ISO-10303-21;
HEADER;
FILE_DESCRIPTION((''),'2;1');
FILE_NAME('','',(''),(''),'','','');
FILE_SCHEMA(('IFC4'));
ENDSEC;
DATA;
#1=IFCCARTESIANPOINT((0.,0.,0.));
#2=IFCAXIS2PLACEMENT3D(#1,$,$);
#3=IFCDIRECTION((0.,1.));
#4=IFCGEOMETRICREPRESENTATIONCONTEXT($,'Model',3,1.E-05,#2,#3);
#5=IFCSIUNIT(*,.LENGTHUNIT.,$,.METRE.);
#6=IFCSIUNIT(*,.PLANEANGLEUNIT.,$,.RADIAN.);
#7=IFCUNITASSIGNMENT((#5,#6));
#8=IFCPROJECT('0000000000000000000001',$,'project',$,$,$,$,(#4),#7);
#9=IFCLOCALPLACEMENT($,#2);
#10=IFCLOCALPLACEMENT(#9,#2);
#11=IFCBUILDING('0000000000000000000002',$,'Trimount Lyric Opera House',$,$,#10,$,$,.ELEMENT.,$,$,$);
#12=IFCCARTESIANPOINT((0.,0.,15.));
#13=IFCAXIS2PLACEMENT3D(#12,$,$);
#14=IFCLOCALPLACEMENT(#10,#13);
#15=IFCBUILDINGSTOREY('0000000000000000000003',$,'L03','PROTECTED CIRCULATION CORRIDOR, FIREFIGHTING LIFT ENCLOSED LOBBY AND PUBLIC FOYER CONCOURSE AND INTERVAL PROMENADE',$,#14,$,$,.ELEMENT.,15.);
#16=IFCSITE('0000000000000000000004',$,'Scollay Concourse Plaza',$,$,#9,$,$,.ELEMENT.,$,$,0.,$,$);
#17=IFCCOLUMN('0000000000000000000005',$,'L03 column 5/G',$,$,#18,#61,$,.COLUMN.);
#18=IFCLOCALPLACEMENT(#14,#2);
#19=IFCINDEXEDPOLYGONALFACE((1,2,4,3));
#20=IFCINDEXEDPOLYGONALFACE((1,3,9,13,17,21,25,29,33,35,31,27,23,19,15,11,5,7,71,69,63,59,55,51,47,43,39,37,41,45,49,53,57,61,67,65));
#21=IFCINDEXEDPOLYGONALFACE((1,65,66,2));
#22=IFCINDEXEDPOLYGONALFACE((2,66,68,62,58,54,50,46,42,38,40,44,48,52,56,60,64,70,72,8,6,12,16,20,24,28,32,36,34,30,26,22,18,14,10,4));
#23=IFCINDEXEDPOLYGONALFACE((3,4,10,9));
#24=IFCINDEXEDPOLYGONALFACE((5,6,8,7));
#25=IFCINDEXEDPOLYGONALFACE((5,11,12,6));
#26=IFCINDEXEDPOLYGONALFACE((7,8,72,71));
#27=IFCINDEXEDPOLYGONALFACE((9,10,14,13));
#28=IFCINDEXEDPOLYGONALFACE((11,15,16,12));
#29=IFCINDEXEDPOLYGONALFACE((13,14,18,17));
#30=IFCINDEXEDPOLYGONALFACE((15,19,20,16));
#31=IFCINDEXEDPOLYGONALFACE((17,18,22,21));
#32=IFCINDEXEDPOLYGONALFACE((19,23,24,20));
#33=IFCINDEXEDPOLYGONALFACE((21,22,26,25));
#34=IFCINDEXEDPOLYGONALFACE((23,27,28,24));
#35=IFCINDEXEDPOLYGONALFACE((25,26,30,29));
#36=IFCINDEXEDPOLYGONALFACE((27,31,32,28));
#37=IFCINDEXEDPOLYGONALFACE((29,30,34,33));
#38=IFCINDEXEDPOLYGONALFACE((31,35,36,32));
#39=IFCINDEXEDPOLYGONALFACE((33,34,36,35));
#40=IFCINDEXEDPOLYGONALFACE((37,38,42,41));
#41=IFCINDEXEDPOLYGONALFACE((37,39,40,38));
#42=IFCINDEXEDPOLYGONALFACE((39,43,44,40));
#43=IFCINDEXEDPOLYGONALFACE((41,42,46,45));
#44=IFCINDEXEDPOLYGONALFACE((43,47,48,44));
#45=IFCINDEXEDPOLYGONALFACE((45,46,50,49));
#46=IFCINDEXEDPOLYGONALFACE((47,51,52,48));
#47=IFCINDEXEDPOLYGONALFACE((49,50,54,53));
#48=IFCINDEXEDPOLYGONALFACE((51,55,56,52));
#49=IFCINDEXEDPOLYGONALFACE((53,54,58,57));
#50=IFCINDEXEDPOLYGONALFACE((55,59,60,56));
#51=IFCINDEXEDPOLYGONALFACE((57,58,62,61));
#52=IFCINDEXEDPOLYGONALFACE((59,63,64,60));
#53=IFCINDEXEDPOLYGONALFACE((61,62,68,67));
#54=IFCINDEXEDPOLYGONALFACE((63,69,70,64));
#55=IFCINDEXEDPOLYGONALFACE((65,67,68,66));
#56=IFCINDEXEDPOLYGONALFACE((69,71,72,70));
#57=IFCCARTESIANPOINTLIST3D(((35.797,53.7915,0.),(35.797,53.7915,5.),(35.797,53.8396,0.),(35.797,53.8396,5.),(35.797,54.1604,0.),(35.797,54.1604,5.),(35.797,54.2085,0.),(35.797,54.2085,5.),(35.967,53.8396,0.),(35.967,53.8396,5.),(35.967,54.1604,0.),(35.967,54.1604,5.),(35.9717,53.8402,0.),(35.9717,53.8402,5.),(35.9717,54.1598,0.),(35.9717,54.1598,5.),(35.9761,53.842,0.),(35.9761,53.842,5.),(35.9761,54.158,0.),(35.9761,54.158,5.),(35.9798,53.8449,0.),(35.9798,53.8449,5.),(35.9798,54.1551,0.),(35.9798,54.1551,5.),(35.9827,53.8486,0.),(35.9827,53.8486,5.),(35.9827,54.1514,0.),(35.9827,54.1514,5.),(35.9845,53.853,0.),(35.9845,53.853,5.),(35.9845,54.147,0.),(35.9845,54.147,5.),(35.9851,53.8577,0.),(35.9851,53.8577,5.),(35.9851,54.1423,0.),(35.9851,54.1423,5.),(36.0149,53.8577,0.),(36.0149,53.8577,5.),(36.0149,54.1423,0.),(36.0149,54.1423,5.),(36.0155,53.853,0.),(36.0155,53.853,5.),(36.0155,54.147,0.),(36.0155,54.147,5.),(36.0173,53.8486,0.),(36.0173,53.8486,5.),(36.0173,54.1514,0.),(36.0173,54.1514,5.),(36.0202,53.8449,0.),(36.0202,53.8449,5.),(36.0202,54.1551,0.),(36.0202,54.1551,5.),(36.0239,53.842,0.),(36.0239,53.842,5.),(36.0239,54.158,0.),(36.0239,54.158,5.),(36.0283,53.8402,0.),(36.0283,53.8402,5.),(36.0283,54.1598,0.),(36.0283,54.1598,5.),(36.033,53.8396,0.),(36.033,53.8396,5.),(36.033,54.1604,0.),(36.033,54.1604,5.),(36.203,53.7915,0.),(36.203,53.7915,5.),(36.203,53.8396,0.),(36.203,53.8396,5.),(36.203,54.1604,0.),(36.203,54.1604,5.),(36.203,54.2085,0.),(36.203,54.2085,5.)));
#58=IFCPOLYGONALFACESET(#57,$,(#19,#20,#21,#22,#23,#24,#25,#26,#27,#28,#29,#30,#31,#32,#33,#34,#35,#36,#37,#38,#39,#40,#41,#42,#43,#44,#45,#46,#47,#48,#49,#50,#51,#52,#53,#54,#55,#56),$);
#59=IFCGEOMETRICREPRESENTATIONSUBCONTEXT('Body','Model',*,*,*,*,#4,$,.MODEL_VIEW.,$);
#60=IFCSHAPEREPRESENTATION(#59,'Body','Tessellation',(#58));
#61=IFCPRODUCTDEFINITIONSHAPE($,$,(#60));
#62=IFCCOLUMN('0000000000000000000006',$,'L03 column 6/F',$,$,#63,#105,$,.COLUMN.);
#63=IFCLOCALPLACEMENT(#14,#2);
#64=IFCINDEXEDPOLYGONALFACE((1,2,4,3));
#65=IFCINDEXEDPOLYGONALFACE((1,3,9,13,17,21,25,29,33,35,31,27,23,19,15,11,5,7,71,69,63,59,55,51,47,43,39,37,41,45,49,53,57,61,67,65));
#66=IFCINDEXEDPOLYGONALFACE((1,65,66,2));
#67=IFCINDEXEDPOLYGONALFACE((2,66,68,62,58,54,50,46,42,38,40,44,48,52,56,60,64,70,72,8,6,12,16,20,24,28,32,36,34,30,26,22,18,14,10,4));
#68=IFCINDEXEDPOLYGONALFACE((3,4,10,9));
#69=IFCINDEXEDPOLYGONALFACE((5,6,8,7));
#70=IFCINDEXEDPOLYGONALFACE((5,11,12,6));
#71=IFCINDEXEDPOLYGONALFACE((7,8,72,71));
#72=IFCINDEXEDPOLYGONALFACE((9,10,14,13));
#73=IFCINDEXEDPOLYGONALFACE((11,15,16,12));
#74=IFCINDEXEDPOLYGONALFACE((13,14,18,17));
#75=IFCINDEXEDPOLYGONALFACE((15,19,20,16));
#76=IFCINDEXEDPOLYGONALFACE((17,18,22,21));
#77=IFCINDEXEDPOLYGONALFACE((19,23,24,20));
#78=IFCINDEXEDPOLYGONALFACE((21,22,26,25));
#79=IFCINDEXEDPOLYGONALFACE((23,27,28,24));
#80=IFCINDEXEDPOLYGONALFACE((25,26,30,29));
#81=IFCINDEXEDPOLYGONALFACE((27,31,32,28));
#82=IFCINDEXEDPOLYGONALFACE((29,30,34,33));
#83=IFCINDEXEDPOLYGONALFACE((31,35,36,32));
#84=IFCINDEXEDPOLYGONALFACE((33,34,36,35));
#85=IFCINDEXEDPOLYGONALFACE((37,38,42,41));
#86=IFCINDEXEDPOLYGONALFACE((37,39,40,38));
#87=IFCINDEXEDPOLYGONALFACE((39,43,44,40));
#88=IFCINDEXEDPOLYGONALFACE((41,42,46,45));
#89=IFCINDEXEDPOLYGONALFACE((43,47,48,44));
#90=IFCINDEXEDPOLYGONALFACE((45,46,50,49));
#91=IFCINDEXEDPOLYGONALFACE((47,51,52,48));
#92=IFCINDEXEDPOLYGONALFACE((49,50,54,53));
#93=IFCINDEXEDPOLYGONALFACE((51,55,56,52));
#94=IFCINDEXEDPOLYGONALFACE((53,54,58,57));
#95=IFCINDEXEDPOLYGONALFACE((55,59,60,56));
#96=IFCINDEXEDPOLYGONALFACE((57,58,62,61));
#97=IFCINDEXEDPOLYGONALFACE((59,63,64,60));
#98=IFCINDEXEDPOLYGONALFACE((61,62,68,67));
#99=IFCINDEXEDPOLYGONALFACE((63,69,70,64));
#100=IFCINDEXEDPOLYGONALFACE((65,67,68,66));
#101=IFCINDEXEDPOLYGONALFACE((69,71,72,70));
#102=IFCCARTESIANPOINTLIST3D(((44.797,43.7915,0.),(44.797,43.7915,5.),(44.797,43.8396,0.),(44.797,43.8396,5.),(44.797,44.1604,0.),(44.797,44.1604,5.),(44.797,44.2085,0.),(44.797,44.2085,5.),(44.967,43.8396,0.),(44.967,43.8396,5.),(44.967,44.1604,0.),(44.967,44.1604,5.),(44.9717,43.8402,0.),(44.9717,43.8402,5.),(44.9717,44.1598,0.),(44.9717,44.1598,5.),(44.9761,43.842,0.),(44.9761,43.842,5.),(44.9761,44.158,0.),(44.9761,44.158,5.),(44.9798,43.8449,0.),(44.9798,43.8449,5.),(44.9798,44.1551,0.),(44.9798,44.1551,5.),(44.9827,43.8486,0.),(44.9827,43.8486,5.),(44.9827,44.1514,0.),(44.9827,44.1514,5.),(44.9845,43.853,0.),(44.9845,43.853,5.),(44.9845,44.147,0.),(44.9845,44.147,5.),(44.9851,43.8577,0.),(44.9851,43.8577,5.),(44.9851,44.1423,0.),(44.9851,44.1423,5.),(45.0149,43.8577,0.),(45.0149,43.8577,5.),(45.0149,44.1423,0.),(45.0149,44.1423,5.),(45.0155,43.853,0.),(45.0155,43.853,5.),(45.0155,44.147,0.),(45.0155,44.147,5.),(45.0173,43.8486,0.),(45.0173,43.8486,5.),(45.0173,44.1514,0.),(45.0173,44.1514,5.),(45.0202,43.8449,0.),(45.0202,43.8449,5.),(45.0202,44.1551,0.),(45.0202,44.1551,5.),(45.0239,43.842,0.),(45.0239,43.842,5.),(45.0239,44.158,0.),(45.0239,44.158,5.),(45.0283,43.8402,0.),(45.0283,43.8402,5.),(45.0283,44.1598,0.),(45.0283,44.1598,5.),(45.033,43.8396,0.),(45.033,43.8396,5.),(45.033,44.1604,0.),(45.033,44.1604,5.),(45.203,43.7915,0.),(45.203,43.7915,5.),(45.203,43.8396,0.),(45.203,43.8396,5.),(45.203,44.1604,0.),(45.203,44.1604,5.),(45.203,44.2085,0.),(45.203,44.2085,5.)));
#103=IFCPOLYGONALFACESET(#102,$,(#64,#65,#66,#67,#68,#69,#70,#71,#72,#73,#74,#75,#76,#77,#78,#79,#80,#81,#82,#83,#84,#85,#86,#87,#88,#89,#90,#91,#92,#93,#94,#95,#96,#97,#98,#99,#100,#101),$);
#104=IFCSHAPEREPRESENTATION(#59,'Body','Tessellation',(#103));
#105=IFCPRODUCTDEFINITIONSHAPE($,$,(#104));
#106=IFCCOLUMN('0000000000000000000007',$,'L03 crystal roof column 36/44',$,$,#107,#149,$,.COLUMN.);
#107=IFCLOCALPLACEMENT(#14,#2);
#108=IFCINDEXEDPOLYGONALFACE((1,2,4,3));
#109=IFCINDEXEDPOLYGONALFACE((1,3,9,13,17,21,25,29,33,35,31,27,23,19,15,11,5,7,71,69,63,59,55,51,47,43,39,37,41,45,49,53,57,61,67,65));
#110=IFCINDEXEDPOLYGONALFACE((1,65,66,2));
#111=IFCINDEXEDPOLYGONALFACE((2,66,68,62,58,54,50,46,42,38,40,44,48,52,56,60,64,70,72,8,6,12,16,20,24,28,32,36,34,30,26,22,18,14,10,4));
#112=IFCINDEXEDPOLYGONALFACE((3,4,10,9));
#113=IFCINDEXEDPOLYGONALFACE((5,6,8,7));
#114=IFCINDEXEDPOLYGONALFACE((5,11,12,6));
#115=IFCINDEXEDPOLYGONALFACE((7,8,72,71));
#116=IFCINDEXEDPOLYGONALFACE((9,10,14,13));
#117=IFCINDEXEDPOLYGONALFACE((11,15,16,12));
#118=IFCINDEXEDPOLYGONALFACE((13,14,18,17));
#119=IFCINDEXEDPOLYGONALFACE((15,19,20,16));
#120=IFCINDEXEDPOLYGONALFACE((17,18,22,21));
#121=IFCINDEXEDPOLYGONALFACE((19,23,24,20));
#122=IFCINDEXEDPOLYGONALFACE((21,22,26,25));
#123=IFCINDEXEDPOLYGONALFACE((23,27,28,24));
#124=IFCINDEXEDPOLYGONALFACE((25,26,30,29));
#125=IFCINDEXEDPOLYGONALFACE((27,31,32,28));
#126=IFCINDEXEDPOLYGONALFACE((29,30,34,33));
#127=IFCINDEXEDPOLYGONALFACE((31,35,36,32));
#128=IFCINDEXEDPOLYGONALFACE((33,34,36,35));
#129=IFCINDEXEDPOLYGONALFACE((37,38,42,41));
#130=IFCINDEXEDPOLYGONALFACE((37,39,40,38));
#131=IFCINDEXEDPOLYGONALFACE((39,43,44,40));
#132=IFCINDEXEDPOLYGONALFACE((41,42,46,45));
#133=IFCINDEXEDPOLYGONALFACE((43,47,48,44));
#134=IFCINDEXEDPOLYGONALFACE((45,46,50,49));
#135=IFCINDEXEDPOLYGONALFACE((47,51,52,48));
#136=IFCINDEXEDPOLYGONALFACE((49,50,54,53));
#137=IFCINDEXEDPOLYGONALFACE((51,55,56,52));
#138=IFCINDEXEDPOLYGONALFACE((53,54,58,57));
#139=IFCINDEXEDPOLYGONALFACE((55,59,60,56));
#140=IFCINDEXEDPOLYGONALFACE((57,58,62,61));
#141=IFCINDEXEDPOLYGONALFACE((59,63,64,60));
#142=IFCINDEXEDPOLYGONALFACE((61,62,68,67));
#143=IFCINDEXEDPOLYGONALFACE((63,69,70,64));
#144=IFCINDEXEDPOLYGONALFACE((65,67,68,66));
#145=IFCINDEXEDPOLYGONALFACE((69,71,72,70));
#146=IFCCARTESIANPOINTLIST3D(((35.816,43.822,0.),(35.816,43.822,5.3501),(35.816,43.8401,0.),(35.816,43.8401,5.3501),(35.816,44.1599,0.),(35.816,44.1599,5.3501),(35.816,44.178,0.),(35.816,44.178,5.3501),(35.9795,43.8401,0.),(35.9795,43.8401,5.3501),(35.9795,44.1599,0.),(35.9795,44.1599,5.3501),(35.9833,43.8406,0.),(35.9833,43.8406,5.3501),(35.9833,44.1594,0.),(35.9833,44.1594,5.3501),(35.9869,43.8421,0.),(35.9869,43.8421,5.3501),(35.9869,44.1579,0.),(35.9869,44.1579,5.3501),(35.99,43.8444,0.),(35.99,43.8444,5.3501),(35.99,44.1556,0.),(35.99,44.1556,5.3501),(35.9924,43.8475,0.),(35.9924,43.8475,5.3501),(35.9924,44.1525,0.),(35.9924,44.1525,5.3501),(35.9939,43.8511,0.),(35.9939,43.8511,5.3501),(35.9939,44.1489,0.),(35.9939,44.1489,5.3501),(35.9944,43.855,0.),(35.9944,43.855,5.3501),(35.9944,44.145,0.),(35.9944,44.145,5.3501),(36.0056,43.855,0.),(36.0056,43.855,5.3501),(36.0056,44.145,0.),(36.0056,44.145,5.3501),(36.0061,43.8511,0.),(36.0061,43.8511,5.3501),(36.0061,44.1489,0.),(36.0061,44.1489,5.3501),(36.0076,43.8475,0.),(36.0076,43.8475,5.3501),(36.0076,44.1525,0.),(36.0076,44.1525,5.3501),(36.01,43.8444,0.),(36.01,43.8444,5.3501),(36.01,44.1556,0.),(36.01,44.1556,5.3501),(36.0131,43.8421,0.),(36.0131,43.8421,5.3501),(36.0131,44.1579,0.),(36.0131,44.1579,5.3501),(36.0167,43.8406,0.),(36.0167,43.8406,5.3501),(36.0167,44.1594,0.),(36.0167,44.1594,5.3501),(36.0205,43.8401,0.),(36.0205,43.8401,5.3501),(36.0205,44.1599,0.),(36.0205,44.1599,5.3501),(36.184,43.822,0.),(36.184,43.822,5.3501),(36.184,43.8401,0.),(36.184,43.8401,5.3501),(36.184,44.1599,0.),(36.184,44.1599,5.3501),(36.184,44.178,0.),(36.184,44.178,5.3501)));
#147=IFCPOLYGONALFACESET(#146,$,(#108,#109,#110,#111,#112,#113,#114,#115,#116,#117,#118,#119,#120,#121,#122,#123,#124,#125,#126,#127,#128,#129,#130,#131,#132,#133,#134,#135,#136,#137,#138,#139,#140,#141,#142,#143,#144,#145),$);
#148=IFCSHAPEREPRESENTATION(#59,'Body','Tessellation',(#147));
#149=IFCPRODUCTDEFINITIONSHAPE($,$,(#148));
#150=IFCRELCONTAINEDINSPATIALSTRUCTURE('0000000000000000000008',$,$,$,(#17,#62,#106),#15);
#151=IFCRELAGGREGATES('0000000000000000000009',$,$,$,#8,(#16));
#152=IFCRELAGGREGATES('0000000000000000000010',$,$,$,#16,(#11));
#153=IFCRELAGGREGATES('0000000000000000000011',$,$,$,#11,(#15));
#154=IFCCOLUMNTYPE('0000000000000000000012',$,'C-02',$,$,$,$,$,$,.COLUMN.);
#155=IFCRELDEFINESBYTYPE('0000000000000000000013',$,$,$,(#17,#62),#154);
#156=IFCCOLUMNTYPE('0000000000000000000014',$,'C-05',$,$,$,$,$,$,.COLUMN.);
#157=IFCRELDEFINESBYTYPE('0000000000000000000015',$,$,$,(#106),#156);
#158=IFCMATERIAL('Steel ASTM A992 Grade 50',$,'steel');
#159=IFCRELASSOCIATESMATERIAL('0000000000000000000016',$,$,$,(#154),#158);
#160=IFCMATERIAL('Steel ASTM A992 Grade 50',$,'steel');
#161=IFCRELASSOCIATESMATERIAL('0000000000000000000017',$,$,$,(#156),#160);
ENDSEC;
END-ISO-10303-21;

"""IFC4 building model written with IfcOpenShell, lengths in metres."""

from ifc_helpers import new_model, si_unit, direction, frame, origin, origin_2d, place, context, subcontext, project, spatial, i_section, extrude, material, material_profile, profile_set, type_object, element, save


model = new_model("IFC4")

# Units and contexts
model_context = context("Model", 3, precision=1e-05, world=origin(), true_north=direction((0.0, 1.0)))
body_context = subcontext(model_context, "Body", "Model", "MODEL_VIEW")
ifc_project = project(units=[si_unit("LENGTHUNIT", "METRE"), si_unit("PLANEANGLEUNIT", "RADIAN")], contexts=[model_context])

# Site, building, storey
site_placement = place(None, origin())
site = spatial("IfcSite", under=ifc_project, at=site_placement, Name="Scollay Concourse Plaza", CompositionType="ELEMENT", RefElevation=0.0)
building_placement = place(site_placement, origin())
building = spatial("IfcBuilding", under=site, at=building_placement, Name="Trimount Lyric Opera House", CompositionType="ELEMENT")
storey_placement = place(building_placement, frame((0.0, 0.0, 15.0)))
storey = spatial("IfcBuildingStorey", under=building, at=storey_placement, Name="L03", Description="PROTECTED CIRCULATION CORRIDOR, FIREFIGHTING LIFT ENCLOSED LOBBY AND PUBLIC FOYER CONCOURSE AND INTERVAL PROMENADE", CompositionType="ELEMENT", Elevation=15.0)

# Columns
ifc_material_1 = material(Name="Steel ASTM A992 Grade 50", Category="steel")
ifc_material_profile_1 = material_profile(ifc_material_1, i_section(OverallWidth=0.406, OverallDepth=0.417, WebThickness=0.0298, FlangeThickness=0.0481, FilletRadius=0.0181, at=origin_2d()), Name="W14X257")
ifc_profile_set_1 = profile_set([ifc_material_profile_1], Name="Steel ASTM A992 Grade 50")
column_type_1 = type_object("IfcColumnType", Name="C-02", PredefinedType="COLUMN", material=ifc_profile_set_1)
for number, where, z_axis, x_axis, name in (
    (1, (36.0, 54.0, 0.0), (0.0, 0.0, 1.0), (1.0, 0.0, 0.0), "L03 column 5/G"),
    (2, (45.0, 44.0, 0.0), (0.0, 0.0, 1.0), (1.0, 0.0, 0.0), "L03 column 6/F"),
):
    element("IfcColumn", number, at=place(storey_placement, frame(where, z_axis=z_axis, x_axis=x_axis)), inside=storey, type_object=column_type_1, Name=name, PredefinedType="COLUMN", context=body_context, shape_type="SweptSolid", body=[
        extrude(i_section(OverallWidth=0.406, OverallDepth=0.417, WebThickness=0.0298, FlangeThickness=0.0481, FilletRadius=0.0181, at=origin_2d()), origin(), (0.0, 0.0, 1.0), 5.0),
    ])
ifc_material_2 = material(Name="Steel ASTM A992 Grade 50", Category="steel")
ifc_material_profile_2 = material_profile(ifc_material_2, i_section(OverallWidth=0.3679, OverallDepth=0.356, WebThickness=0.0112, FlangeThickness=0.0181, FilletRadius=0.0149, at=origin_2d()), Name="W14X90")
ifc_profile_set_2 = profile_set([ifc_material_profile_2], Name="Steel ASTM A992 Grade 50")
column_type_2 = type_object("IfcColumnType", Name="C-05", PredefinedType="COLUMN", material=ifc_profile_set_2)
column_1_placement = place(storey_placement, frame((36.0, 44.0, 0.0), z_axis=(0.0, 0.0, 1.0), x_axis=(1.0, 0.0, 0.0)))
element("IfcColumn", 3, at=column_1_placement, inside=storey, type_object=column_type_2, Name="L03 crystal roof column 36/44", PredefinedType="COLUMN", context=body_context, shape_type="SweptSolid", body=[
    extrude(i_section(OverallWidth=0.3679, OverallDepth=0.356, WebThickness=0.0112, FlangeThickness=0.0181, FilletRadius=0.0149, at=origin_2d()), origin(), (0.0, 0.0, 1.0), 5.3501),
])

save(model, "model.ifc")
